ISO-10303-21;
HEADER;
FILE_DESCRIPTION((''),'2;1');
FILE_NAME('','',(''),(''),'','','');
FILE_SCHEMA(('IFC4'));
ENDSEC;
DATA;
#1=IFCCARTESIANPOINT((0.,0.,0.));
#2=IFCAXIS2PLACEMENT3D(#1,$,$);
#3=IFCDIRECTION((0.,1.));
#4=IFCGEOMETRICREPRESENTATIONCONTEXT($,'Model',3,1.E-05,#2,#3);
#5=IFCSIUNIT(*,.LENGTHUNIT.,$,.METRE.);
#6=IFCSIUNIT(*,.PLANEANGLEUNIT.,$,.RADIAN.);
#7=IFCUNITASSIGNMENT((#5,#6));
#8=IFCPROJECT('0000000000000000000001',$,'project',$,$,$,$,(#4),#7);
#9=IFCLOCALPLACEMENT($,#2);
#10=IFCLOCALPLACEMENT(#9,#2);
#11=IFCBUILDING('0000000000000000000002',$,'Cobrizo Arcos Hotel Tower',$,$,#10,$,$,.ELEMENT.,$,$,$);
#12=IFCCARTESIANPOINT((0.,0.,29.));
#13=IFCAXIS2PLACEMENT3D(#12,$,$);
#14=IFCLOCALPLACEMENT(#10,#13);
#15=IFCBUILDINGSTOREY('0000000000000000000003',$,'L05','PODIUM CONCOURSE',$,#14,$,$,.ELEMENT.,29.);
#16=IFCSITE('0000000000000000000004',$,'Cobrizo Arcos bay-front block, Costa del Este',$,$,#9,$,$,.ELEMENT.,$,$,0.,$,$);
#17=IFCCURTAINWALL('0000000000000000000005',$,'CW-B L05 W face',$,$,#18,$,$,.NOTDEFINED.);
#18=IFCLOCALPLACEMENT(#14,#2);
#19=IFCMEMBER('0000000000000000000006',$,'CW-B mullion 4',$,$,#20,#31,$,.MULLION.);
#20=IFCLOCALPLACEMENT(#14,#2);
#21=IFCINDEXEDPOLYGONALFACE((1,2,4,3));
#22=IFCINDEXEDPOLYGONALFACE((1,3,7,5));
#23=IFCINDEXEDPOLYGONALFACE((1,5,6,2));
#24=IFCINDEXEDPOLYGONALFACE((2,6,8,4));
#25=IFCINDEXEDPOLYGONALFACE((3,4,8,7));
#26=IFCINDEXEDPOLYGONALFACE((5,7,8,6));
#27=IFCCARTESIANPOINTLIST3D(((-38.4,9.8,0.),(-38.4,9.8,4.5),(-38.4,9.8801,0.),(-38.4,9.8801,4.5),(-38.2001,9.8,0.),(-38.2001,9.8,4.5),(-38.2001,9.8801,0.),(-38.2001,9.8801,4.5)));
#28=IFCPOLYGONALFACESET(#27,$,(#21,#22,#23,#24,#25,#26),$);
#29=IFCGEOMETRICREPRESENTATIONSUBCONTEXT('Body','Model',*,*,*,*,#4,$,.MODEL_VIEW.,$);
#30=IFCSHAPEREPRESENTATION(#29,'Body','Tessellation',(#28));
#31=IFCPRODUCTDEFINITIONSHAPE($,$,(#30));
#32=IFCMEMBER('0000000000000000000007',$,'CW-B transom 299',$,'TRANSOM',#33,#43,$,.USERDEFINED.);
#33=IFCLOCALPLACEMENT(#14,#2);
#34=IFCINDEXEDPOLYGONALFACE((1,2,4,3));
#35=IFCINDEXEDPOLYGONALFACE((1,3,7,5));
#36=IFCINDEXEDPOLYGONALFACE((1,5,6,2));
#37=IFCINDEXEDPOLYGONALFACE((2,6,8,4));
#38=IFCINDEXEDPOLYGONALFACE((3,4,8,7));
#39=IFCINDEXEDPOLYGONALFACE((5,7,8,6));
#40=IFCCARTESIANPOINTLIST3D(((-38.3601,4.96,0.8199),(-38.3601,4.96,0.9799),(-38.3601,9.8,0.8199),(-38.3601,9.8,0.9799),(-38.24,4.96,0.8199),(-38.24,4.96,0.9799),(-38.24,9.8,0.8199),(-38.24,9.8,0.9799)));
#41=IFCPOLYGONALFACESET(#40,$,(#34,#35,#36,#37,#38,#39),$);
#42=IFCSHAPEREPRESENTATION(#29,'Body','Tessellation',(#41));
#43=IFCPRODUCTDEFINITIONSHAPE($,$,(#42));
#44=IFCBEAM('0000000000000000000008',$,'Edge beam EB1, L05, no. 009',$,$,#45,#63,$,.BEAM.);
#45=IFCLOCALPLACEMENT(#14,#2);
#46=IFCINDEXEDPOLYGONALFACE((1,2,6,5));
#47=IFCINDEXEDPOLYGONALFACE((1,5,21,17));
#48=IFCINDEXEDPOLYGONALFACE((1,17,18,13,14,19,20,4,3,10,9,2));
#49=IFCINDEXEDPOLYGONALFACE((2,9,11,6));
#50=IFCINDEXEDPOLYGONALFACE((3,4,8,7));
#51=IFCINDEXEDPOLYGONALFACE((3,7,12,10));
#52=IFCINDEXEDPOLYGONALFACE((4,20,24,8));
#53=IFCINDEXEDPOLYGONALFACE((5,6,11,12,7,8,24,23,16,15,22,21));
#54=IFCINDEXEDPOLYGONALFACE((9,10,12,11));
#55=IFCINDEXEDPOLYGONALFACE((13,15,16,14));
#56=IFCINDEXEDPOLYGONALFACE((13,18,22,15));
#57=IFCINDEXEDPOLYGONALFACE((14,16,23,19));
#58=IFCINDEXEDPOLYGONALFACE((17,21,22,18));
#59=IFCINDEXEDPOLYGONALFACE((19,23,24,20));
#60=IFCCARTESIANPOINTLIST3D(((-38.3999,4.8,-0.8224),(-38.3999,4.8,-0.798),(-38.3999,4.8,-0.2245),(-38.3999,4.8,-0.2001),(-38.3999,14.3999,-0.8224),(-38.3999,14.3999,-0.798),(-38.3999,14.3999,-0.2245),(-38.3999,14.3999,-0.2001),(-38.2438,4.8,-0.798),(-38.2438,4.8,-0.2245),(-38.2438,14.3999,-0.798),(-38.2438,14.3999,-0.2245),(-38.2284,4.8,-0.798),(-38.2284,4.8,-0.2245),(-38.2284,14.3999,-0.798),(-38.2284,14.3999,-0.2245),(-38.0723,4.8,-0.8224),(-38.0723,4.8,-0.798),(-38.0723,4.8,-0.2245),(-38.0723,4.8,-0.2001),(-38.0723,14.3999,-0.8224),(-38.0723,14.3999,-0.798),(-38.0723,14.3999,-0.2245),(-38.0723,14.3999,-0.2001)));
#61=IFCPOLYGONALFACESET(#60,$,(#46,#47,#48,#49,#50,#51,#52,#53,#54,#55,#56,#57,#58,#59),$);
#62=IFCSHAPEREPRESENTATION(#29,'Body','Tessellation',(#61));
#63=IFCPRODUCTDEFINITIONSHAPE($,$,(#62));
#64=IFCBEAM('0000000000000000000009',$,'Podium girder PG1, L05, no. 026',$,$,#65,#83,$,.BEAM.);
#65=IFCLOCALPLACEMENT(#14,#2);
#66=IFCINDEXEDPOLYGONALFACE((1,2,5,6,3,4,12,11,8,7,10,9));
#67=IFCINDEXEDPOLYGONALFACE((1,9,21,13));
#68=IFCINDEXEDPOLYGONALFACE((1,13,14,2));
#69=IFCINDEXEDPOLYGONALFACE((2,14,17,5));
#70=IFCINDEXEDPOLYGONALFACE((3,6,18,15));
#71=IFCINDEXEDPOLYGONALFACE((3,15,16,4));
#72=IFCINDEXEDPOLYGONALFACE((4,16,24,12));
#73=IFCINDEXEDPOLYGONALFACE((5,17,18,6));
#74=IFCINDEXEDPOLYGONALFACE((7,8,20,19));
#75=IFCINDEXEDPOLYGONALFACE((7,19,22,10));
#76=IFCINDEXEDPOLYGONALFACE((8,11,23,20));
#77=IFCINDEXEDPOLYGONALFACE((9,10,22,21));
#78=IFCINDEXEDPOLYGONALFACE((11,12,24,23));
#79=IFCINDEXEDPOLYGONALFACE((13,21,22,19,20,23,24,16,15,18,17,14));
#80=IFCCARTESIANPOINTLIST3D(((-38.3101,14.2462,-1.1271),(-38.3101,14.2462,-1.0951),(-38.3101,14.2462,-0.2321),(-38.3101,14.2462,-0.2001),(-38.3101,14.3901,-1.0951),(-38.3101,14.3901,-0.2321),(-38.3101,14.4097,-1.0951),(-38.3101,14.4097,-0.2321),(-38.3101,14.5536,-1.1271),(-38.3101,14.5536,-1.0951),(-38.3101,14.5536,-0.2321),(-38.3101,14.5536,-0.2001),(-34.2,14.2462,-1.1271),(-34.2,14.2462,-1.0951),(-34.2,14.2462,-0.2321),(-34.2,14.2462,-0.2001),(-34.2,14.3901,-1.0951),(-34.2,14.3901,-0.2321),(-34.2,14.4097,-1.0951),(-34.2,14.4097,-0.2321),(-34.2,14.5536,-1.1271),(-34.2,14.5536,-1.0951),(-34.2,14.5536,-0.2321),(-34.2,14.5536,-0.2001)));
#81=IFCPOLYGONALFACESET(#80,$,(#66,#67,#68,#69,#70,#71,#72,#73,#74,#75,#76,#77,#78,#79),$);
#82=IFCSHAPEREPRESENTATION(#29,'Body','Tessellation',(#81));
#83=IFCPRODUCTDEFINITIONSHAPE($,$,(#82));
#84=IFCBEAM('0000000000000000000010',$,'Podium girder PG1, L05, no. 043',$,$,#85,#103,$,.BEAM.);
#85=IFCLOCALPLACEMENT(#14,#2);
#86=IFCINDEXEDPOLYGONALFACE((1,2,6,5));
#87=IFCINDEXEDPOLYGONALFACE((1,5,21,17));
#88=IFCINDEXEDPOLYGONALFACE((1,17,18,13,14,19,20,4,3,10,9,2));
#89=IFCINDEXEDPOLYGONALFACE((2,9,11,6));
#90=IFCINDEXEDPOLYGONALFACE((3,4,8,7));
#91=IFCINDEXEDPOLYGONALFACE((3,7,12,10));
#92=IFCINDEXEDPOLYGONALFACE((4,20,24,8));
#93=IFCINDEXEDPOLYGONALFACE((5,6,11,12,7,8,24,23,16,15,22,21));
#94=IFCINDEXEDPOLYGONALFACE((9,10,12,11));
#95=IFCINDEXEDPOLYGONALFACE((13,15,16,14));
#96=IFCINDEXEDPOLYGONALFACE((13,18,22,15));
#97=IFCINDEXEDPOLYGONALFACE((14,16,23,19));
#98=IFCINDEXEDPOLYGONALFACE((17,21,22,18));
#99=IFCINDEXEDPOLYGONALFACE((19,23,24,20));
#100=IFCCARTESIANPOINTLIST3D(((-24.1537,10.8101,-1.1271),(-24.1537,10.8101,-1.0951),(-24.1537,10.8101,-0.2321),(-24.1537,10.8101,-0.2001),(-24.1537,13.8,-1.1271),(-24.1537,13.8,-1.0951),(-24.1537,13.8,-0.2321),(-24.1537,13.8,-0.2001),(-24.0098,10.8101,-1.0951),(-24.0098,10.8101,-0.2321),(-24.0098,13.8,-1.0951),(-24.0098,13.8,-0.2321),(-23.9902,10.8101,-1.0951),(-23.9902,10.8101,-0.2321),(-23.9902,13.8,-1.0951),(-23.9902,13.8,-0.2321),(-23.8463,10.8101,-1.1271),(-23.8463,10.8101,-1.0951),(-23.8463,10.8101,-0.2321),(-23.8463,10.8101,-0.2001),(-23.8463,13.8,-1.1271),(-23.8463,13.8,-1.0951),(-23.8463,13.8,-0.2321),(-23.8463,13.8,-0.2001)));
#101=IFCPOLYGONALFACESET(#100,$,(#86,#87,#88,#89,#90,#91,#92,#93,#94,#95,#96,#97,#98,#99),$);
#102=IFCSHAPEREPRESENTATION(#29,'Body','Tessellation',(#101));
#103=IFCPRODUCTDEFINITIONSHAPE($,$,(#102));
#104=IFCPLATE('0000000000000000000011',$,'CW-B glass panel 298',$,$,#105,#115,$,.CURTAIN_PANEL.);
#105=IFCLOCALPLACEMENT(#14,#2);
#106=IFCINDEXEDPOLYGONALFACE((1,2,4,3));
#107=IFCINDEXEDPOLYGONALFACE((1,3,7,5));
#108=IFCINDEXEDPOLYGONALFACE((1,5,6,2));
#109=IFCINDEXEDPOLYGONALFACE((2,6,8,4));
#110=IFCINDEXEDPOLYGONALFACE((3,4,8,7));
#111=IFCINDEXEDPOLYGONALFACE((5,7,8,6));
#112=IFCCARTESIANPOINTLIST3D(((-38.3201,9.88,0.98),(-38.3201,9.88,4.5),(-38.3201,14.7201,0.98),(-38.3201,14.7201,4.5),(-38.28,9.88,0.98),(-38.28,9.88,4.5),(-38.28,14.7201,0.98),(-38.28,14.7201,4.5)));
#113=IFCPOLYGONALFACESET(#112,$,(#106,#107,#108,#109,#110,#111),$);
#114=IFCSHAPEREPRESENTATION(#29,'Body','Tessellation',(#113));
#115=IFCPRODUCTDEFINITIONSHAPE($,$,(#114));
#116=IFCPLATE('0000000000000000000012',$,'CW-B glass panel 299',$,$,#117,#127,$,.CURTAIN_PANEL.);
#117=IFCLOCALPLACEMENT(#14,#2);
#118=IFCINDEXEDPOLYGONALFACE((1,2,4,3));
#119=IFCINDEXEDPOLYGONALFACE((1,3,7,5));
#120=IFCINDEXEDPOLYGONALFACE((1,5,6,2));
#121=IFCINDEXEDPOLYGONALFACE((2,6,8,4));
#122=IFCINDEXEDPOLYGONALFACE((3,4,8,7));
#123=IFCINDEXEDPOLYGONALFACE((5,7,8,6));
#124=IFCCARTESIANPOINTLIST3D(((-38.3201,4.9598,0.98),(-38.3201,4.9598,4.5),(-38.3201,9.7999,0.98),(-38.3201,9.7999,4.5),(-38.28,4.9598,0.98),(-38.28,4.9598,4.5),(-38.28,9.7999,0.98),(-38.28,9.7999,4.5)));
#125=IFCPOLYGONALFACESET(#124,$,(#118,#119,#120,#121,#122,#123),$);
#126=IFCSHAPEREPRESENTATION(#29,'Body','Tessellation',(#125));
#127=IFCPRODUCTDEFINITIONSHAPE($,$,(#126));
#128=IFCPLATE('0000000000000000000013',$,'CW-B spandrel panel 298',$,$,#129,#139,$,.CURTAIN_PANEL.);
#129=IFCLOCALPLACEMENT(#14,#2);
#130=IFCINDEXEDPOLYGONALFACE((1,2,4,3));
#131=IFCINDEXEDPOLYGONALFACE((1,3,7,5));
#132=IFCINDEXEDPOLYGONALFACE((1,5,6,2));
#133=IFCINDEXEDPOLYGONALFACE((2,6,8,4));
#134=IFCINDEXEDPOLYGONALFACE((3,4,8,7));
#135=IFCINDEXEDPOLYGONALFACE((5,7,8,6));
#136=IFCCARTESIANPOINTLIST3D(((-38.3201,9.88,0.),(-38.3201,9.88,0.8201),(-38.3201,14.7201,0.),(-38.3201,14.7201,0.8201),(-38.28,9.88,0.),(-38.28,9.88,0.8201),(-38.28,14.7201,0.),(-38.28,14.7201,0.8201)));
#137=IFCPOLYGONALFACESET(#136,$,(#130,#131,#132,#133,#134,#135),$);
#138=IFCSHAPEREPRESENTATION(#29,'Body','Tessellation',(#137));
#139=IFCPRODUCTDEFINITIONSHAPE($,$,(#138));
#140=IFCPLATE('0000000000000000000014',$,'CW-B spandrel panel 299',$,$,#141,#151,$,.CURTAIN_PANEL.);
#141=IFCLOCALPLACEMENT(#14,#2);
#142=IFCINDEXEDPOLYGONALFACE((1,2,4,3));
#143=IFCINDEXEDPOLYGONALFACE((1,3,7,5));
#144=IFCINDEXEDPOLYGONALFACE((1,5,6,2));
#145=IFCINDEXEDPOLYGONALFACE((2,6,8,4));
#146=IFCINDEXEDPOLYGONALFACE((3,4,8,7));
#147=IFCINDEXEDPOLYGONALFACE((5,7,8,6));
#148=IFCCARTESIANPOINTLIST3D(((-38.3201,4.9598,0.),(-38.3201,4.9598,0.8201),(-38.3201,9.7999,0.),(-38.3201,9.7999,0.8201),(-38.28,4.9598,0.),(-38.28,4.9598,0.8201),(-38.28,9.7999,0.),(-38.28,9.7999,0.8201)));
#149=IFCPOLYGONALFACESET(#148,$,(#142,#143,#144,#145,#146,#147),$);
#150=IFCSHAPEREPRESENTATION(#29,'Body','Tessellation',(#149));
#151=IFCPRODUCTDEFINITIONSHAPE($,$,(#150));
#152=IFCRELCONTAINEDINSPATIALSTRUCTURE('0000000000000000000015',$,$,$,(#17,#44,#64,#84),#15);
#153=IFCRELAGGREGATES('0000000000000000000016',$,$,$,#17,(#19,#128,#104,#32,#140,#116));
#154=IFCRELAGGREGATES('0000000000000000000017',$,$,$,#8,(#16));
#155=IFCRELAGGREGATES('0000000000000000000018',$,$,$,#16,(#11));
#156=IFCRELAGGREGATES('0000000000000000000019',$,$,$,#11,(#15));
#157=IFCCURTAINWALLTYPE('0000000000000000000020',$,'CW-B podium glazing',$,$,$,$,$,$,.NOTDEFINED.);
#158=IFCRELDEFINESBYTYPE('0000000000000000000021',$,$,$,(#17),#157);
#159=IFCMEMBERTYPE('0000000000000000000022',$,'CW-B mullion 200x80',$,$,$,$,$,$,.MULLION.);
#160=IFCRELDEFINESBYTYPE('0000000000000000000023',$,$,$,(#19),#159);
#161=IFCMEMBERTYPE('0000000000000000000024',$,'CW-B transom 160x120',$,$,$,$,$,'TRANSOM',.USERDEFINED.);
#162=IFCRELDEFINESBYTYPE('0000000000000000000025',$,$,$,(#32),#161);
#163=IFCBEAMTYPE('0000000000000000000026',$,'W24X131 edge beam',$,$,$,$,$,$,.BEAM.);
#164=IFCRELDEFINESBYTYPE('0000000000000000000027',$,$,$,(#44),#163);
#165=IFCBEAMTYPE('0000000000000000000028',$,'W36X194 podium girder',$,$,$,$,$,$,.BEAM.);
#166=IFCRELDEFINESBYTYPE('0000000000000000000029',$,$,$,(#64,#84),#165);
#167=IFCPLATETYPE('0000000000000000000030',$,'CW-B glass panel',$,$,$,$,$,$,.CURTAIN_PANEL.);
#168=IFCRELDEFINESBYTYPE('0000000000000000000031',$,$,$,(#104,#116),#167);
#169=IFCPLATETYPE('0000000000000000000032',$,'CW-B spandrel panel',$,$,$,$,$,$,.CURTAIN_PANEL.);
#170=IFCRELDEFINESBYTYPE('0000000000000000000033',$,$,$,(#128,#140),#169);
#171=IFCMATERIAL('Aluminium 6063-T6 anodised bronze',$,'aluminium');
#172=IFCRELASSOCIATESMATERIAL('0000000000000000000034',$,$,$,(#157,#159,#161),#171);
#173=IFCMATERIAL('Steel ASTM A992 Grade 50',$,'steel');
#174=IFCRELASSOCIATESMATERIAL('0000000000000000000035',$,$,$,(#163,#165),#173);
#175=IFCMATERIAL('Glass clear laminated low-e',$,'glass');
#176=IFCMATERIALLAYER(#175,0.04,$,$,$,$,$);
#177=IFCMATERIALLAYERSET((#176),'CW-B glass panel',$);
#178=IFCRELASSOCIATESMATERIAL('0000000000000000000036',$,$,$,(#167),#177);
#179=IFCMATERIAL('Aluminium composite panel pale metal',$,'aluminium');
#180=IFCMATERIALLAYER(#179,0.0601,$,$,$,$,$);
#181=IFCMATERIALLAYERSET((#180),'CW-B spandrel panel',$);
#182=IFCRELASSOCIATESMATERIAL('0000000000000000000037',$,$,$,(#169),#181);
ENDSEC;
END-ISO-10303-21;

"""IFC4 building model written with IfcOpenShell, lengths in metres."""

from ifc_helpers import new_model, si_unit, direction, frame, origin, origin_2d, place, context, subcontext, project, spatial, rectangle, i_section, extrude, material, layer, layer_set, material_profile, profile_set, type_object, element, aggregate, save


model = new_model("IFC4")

# Units and contexts
model_context = context("Model", 3, precision=1e-05, world=origin(), true_north=direction((0.0, 1.0)))
body_context = subcontext(model_context, "Body", "Model", "MODEL_VIEW")
ifc_project = project(units=[si_unit("LENGTHUNIT", "METRE"), si_unit("PLANEANGLEUNIT", "RADIAN")], contexts=[model_context])

# Site, building, storey
site_placement = place(None, origin())
site = spatial("IfcSite", under=ifc_project, at=site_placement, Name="Cobrizo Arcos bay-front block, Costa del Este", CompositionType="ELEMENT", RefElevation=0.0)
building_placement = place(site_placement, origin())
building = spatial("IfcBuilding", under=site, at=building_placement, Name="Cobrizo Arcos Hotel Tower", CompositionType="ELEMENT")
storey_placement = place(building_placement, frame((0.0, 0.0, 29.0)))
storey = spatial("IfcBuildingStorey", under=building, at=storey_placement, Name="L05", Description="PODIUM CONCOURSE", CompositionType="ELEMENT", Elevation=29.0)

# Curtain wall, members
ifc_material_1 = material(Name="Aluminium 6063-T6 anodised bronze", Category="aluminium")
curtain_wall_type = type_object("IfcCurtainWallType", Name="CW-B podium glazing", PredefinedType="NOTDEFINED", material=ifc_material_1)
curtain_wall_placement = place(storey_placement, origin())
curtain_wall = element("IfcCurtainWall", 1, at=curtain_wall_placement, inside=storey, type_object=curtain_wall_type, Name="CW-B L05 W face", PredefinedType="NOTDEFINED")
ifc_material_profile_1 = material_profile(ifc_material_1, rectangle(XDim=0.2, YDim=0.0801, at=origin_2d()), Name="CW-B mullion 200x80")
ifc_profile_set_1 = profile_set([ifc_material_profile_1], Name="Aluminium 6063-T6 anodised bronze")
member_type_1 = type_object("IfcMemberType", Name="CW-B mullion 200x80", PredefinedType="MULLION", material=ifc_profile_set_1)
member_1_placement = place(storey_placement, frame((-38.3, 9.8401, 0.0), z_axis=(0.0, 0.0, 1.0), x_axis=(-1.0, 0.0, 0.0)))
member_1 = element("IfcMember", 2, at=member_1_placement, type_object=member_type_1, Name="CW-B mullion 4", PredefinedType="MULLION", context=body_context, shape_type="SweptSolid", body=[
    extrude(rectangle(XDim=0.2, YDim=0.0801, at=origin_2d()), origin(), (0.0, 0.0, 1.0), 4.5),
])
ifc_material_profile_2 = material_profile(ifc_material_1, rectangle(XDim=0.1201, YDim=0.1599, at=origin_2d()), Name="CW-B transom 160x120")
ifc_profile_set_2 = profile_set([ifc_material_profile_2], Name="Aluminium 6063-T6 anodised bronze")
member_type_2 = type_object("IfcMemberType", Name="CW-B transom 160x120", ElementType="TRANSOM", PredefinedType="USERDEFINED", material=ifc_profile_set_2)
member_2_placement = place(storey_placement, frame((-38.3, 9.8, 0.8999), z_axis=(0.0, -1.0, 0.0), x_axis=(1.0, 0.0, 0.0)))
member_2 = element("IfcMember", 3, at=member_2_placement, type_object=member_type_2, Name="CW-B transom 299", ObjectType="TRANSOM", PredefinedType="USERDEFINED", context=body_context, shape_type="SweptSolid", body=[
    extrude(rectangle(XDim=0.1201, YDim=0.1599, at=origin_2d()), origin(), (0.0, 0.0, 1.0), 4.8401),
])

# Beams
ifc_material_2 = material(Name="Steel ASTM A992 Grade 50", Category="steel")
ifc_material_profile_3 = material_profile(ifc_material_2, i_section(OverallWidth=0.3276, OverallDepth=0.6223, WebThickness=0.0154, FlangeThickness=0.0244, at=origin_2d()), Name="W24X131")
ifc_profile_set_3 = profile_set([ifc_material_profile_3], Name="Steel ASTM A992 Grade 50")
beam_type_1 = type_object("IfcBeamType", Name="W24X131 edge beam", PredefinedType="BEAM", material=ifc_profile_set_3)
beam_1_placement = place(storey_placement, frame((-38.2361, 14.3999, -0.5112), z_axis=(0.0, -1.0, 0.0), x_axis=(1.0, 0.0, 0.0)))
element("IfcBeam", 4, at=beam_1_placement, inside=storey, type_object=beam_type_1, Name="Edge beam EB1, L05, no. 009", PredefinedType="BEAM", context=body_context, shape_type="SweptSolid", body=[
    extrude(i_section(OverallWidth=0.3276, OverallDepth=0.6223, WebThickness=0.0154, FlangeThickness=0.0244, at=origin_2d()), origin(), (0.0, 0.0, 1.0), 9.5999),
])
ifc_material_profile_4 = material_profile(ifc_material_2, i_section(OverallWidth=0.3074, OverallDepth=0.927, WebThickness=0.0195, FlangeThickness=0.032, at=origin_2d()), Name="W36X194")
ifc_profile_set_4 = profile_set([ifc_material_profile_4], Name="Steel ASTM A992 Grade 50")
beam_type_2 = type_object("IfcBeamType", Name="W36X194 podium girder", PredefinedType="BEAM", material=ifc_profile_set_4)
beam_2_placement = place(storey_placement, frame((-38.3101, 14.3999, -0.6636), z_axis=(1.0, 0.0, 0.0), x_axis=(0.0, 1.0, 0.0)))
element("IfcBeam", 5, at=beam_2_placement, inside=storey, type_object=beam_type_2, Name="Podium girder PG1, L05, no. 026", PredefinedType="BEAM", context=body_context, shape_type="SweptSolid", body=[
    extrude(i_section(OverallWidth=0.3074, OverallDepth=0.927, WebThickness=0.0195, FlangeThickness=0.032, at=origin_2d()), origin(), (0.0, 0.0, 1.0), 4.1101),
])
beam_3_placement = place(storey_placement, frame((-24.0, 10.8101, -0.6636), z_axis=(0.0, 1.0, 0.0), x_axis=(-1.0, 0.0, 0.0)))
element("IfcBeam", 6, at=beam_3_placement, inside=storey, type_object=beam_type_2, Name="Podium girder PG1, L05, no. 043", PredefinedType="BEAM", context=body_context, shape_type="SweptSolid", body=[
    extrude(i_section(OverallWidth=0.3074, OverallDepth=0.927, WebThickness=0.0195, FlangeThickness=0.032, at=origin_2d()), origin(), (0.0, 0.0, 1.0), 2.99),
])

# Plates
ifc_material_3 = material(Name="Glass clear laminated low-e", Category="glass")
ifc_layer_1 = layer(ifc_material_3, 0.04)
ifc_layer_set_1 = layer_set([ifc_layer_1], Name="CW-B glass panel")
plate_type_1 = type_object("IfcPlateType", Name="CW-B glass panel", PredefinedType="CURTAIN_PANEL", material=ifc_layer_set_1)
plate_1_placement = place(storey_placement, frame((-38.3, 12.3, 0.98), z_axis=(0.0, 0.0, 1.0), x_axis=(0.0, -1.0, 0.0)))
plate_1 = element("IfcPlate", 7, at=plate_1_placement, type_object=plate_type_1, Name="CW-B glass panel 298", PredefinedType="CURTAIN_PANEL", context=body_context, shape_type="SweptSolid", body=[
    extrude(rectangle(XDim=4.8401, YDim=0.04, at=origin_2d()), origin(), (0.0, 0.0, 1.0), 3.52),
])
plate_2_placement = place(storey_placement, frame((-38.3, 7.3799, 0.98), z_axis=(0.0, 0.0, 1.0), x_axis=(0.0, -1.0, 0.0)))
plate_2 = element("IfcPlate", 8, at=plate_2_placement, type_object=plate_type_1, Name="CW-B glass panel 299", PredefinedType="CURTAIN_PANEL", context=body_context, shape_type="SweptSolid", body=[
    extrude(rectangle(XDim=4.8401, YDim=0.04, at=origin_2d()), origin(), (0.0, 0.0, 1.0), 3.52),
])
ifc_material_4 = material(Name="Aluminium composite panel pale metal", Category="aluminium")
ifc_layer_2 = layer(ifc_material_4, 0.0601)
ifc_layer_set_2 = layer_set([ifc_layer_2], Name="CW-B spandrel panel")
plate_type_2 = type_object("IfcPlateType", Name="CW-B spandrel panel", PredefinedType="CURTAIN_PANEL", material=ifc_layer_set_2)
plate_3_placement = place(storey_placement, frame((-38.3, 12.3, 0.0), z_axis=(0.0, 0.0, 1.0), x_axis=(0.0, -1.0, 0.0)))
plate_3 = element("IfcPlate", 9, at=plate_3_placement, type_object=plate_type_2, Name="CW-B spandrel panel 298", PredefinedType="CURTAIN_PANEL", context=body_context, shape_type="SweptSolid", body=[
    extrude(rectangle(XDim=4.8401, YDim=0.04, at=origin_2d()), origin(), (0.0, 0.0, 1.0), 0.8201),
])
plate_4_placement = place(storey_placement, frame((-38.3, 7.3799, 0.0), z_axis=(0.0, 0.0, 1.0), x_axis=(0.0, -1.0, 0.0)))
plate_4 = element("IfcPlate", 10, at=plate_4_placement, type_object=plate_type_2, Name="CW-B spandrel panel 299", PredefinedType="CURTAIN_PANEL", context=body_context, shape_type="SweptSolid", body=[
    extrude(rectangle(XDim=4.8401, YDim=0.04, at=origin_2d()), origin(), (0.0, 0.0, 1.0), 0.8201),
])
aggregate(curtain_wall, [member_1, plate_3, plate_1, member_2, plate_4, plate_2])

save(model, "model.ifc")
